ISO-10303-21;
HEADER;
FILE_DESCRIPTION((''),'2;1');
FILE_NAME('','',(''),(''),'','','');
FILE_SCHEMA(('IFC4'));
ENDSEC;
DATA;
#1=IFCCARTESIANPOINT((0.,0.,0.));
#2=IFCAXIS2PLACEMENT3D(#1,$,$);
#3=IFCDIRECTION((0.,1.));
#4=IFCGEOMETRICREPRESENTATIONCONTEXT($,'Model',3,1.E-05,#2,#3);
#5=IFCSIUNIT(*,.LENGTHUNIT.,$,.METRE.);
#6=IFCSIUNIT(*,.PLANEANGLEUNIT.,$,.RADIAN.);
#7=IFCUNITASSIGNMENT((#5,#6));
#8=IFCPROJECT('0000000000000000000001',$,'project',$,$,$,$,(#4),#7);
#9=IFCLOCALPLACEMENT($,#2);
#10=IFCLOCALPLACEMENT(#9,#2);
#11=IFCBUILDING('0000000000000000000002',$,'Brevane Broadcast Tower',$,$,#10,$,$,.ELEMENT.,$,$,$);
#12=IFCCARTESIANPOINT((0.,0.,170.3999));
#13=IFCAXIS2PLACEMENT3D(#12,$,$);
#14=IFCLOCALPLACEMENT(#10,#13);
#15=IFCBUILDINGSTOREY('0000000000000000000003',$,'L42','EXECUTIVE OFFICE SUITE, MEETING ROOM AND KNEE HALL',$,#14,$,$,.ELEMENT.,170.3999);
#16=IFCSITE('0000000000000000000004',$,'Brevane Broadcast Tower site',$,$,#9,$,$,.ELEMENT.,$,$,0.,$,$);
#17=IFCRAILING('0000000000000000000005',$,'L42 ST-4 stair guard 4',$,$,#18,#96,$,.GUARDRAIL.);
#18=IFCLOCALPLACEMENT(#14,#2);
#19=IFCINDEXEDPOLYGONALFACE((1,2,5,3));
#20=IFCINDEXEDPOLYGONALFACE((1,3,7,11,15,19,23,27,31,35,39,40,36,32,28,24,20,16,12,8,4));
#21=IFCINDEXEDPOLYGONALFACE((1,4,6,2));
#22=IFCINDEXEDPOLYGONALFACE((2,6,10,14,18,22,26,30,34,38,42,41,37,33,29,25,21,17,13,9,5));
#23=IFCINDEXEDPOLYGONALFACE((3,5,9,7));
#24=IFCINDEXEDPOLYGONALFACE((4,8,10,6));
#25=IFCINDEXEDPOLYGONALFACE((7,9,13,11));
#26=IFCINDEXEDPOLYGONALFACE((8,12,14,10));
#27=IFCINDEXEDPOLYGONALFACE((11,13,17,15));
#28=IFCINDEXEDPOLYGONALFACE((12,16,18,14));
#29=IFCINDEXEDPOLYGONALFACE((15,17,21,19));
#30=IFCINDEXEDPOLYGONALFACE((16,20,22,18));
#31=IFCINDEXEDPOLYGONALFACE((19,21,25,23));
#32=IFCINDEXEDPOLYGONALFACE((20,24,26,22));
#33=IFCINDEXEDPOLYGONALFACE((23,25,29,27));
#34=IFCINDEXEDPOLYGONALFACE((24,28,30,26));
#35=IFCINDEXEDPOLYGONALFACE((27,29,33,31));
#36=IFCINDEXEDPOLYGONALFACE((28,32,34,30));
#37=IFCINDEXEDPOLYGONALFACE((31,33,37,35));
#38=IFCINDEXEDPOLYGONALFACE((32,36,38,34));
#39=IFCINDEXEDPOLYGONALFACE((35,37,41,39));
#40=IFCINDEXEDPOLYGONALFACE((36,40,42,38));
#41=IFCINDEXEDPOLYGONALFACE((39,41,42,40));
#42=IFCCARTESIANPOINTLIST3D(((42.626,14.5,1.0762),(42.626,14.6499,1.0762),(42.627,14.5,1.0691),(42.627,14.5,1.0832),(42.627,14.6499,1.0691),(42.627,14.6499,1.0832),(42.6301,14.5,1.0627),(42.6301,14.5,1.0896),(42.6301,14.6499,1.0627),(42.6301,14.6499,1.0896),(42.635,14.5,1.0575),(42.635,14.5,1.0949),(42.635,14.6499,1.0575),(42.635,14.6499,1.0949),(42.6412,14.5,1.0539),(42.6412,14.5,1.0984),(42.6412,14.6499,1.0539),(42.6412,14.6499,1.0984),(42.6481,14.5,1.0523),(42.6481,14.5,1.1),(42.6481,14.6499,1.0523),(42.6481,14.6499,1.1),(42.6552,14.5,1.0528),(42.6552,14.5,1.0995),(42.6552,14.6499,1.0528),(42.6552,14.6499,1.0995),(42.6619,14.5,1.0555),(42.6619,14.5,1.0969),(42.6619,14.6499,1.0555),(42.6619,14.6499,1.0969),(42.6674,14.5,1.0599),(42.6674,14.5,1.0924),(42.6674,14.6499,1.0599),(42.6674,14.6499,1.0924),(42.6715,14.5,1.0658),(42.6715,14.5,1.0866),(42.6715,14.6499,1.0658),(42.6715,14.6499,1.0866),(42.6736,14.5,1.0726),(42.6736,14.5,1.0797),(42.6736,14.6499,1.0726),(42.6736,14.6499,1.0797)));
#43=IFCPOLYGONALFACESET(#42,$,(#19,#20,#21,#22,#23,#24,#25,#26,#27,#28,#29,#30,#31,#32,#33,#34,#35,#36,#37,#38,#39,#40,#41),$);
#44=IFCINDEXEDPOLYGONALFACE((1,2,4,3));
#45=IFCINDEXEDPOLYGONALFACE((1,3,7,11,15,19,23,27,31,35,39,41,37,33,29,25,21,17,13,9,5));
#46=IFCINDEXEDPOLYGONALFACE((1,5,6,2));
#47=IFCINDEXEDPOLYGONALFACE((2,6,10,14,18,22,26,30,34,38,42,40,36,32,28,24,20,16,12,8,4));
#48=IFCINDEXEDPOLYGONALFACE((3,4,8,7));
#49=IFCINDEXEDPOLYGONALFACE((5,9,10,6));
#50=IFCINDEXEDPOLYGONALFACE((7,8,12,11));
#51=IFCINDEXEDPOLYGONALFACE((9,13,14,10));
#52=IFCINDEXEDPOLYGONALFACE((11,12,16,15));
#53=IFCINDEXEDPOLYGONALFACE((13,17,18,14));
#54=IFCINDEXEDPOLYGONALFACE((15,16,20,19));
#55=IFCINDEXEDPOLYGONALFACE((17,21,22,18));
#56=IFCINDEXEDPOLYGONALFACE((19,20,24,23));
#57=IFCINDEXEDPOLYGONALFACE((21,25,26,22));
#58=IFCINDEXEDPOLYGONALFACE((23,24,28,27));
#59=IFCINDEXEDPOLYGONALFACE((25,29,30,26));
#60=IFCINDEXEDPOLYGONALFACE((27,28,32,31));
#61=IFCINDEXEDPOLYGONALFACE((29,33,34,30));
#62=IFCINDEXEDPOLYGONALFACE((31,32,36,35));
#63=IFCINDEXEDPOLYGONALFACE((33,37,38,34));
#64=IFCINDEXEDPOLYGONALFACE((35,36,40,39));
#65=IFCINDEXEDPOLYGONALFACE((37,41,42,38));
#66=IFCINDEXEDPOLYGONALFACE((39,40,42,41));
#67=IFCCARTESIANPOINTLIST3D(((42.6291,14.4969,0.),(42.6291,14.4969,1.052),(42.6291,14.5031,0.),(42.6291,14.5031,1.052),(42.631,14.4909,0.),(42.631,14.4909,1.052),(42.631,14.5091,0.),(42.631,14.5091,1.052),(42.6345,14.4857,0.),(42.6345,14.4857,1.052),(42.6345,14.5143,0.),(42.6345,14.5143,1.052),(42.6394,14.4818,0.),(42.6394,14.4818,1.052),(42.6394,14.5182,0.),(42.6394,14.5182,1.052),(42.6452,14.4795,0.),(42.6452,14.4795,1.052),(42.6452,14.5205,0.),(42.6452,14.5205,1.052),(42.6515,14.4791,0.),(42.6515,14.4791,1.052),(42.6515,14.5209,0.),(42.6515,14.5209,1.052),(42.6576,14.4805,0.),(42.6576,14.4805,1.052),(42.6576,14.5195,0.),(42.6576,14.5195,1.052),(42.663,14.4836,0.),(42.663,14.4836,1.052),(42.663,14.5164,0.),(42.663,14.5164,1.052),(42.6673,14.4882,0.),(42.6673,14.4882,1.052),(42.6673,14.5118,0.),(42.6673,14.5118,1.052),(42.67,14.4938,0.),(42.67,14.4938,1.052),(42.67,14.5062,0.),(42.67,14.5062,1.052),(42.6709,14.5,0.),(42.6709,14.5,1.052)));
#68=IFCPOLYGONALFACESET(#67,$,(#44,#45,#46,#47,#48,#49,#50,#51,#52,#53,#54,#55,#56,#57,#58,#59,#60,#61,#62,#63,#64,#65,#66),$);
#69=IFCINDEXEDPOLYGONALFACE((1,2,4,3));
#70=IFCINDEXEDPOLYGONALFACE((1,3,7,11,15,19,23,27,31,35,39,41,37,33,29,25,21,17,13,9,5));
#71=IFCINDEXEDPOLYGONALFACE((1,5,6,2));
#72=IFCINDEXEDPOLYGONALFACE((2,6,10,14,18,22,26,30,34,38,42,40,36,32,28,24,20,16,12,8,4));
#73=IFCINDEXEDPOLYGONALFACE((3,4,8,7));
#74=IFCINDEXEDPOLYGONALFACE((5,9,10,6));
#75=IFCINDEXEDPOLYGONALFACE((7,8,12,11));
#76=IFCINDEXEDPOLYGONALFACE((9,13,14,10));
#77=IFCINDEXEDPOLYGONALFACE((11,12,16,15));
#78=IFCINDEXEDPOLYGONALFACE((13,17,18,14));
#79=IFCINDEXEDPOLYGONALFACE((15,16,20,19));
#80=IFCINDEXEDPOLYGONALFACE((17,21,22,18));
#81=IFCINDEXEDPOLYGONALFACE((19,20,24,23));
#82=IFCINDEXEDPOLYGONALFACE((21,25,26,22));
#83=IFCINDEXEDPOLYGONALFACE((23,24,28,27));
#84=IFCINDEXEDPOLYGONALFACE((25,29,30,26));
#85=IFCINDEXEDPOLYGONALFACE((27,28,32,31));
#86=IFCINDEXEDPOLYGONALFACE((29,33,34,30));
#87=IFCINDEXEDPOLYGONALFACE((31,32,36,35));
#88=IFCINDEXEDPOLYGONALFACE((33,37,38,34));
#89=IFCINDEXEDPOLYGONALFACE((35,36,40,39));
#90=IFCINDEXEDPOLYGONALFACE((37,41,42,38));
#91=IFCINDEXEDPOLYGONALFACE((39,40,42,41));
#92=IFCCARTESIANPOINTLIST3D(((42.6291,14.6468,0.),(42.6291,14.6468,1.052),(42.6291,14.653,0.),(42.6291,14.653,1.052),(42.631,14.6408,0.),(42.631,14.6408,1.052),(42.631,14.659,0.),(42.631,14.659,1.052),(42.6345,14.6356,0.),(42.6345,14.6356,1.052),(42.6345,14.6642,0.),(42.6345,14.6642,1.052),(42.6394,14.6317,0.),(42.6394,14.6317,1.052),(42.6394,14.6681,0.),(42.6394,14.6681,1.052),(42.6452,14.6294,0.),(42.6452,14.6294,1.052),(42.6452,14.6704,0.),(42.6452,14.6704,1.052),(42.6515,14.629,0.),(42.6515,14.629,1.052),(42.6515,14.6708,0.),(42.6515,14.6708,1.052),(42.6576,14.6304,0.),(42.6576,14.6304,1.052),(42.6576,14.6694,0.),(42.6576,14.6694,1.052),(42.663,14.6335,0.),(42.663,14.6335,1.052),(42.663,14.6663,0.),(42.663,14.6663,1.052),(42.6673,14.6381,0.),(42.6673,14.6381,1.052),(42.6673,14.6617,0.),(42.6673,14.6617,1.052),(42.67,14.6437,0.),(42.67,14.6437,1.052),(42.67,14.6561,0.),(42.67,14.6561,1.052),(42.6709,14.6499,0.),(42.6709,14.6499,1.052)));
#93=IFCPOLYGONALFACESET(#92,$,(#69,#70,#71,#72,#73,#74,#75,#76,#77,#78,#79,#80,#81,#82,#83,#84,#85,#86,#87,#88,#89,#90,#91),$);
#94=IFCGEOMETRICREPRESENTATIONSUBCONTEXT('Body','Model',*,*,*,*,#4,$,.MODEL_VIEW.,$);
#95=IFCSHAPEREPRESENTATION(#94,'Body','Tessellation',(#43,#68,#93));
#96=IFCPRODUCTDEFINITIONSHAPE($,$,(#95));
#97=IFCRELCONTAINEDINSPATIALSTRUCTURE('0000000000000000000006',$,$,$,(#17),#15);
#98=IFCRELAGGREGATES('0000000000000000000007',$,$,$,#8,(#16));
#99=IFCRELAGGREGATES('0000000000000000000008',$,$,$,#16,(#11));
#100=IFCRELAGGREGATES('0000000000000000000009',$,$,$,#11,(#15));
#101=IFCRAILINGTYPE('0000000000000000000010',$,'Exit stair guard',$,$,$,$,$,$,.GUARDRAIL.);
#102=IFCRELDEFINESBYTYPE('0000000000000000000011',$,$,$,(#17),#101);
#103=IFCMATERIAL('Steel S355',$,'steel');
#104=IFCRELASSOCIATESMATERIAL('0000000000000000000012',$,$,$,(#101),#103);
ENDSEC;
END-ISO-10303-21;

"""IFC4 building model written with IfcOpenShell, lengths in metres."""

from ifc_helpers import new_model, si_unit, direction, frame, origin, origin_2d, place, context, subcontext, project, spatial, circle, extrude, material, type_object, element, save


model = new_model("IFC4")

# Units and contexts
model_context = context("Model", 3, precision=1e-05, world=origin(), true_north=direction((0.0, 1.0)))
body_context = subcontext(model_context, "Body", "Model", "MODEL_VIEW")
ifc_project = project(units=[si_unit("LENGTHUNIT", "METRE"), si_unit("PLANEANGLEUNIT", "RADIAN")], contexts=[model_context])

# Site, building, storey
site_placement = place(None, origin())
site = spatial("IfcSite", under=ifc_project, at=site_placement, Name="Brevane Broadcast Tower site", CompositionType="ELEMENT", RefElevation=0.0)
building_placement = place(site_placement, origin())
building = spatial("IfcBuilding", under=site, at=building_placement, Name="Brevane Broadcast Tower", CompositionType="ELEMENT")
storey_placement = place(building_placement, frame((0.0, 0.0, 170.3999)))
storey = spatial("IfcBuildingStorey", under=building, at=storey_placement, Name="L42", Description="EXECUTIVE OFFICE SUITE, MEETING ROOM AND KNEE HALL", CompositionType="ELEMENT", Elevation=170.3999)

# Railing
ifc_material_1 = material(Name="Steel S355", Category="steel")
railing_type_1 = type_object("IfcRailingType", Name="Exit stair guard", PredefinedType="GUARDRAIL", material=ifc_material_1)
railing_1_placement = place(storey_placement, frame((42.6499, 14.5, 0.0)))
element("IfcRailing", 1, at=railing_1_placement, inside=storey, type_object=railing_type_1, Name="L42 ST-4 stair guard 4", PredefinedType="GUARDRAIL", context=body_context, shape_type="SweptSolid", body=[
    extrude(circle(Radius=0.0239, at=origin_2d()), frame((0.0, 0.0, 1.0762), z_axis=(0.0, 1.0, 0.0), x_axis=(-1.0, 0.0, 0.0)), (0.0, 0.0, 1.0), 0.1499),
    extrude(circle(Radius=0.021, at=origin_2d()), origin(), (0.0, 0.0, 1.0), 1.052),
    extrude(circle(Radius=0.021, at=origin_2d()), frame((0.0, 0.1499, 0.0)), (0.0, 0.0, 1.0), 1.052),
])

save(model, "model.ifc")
